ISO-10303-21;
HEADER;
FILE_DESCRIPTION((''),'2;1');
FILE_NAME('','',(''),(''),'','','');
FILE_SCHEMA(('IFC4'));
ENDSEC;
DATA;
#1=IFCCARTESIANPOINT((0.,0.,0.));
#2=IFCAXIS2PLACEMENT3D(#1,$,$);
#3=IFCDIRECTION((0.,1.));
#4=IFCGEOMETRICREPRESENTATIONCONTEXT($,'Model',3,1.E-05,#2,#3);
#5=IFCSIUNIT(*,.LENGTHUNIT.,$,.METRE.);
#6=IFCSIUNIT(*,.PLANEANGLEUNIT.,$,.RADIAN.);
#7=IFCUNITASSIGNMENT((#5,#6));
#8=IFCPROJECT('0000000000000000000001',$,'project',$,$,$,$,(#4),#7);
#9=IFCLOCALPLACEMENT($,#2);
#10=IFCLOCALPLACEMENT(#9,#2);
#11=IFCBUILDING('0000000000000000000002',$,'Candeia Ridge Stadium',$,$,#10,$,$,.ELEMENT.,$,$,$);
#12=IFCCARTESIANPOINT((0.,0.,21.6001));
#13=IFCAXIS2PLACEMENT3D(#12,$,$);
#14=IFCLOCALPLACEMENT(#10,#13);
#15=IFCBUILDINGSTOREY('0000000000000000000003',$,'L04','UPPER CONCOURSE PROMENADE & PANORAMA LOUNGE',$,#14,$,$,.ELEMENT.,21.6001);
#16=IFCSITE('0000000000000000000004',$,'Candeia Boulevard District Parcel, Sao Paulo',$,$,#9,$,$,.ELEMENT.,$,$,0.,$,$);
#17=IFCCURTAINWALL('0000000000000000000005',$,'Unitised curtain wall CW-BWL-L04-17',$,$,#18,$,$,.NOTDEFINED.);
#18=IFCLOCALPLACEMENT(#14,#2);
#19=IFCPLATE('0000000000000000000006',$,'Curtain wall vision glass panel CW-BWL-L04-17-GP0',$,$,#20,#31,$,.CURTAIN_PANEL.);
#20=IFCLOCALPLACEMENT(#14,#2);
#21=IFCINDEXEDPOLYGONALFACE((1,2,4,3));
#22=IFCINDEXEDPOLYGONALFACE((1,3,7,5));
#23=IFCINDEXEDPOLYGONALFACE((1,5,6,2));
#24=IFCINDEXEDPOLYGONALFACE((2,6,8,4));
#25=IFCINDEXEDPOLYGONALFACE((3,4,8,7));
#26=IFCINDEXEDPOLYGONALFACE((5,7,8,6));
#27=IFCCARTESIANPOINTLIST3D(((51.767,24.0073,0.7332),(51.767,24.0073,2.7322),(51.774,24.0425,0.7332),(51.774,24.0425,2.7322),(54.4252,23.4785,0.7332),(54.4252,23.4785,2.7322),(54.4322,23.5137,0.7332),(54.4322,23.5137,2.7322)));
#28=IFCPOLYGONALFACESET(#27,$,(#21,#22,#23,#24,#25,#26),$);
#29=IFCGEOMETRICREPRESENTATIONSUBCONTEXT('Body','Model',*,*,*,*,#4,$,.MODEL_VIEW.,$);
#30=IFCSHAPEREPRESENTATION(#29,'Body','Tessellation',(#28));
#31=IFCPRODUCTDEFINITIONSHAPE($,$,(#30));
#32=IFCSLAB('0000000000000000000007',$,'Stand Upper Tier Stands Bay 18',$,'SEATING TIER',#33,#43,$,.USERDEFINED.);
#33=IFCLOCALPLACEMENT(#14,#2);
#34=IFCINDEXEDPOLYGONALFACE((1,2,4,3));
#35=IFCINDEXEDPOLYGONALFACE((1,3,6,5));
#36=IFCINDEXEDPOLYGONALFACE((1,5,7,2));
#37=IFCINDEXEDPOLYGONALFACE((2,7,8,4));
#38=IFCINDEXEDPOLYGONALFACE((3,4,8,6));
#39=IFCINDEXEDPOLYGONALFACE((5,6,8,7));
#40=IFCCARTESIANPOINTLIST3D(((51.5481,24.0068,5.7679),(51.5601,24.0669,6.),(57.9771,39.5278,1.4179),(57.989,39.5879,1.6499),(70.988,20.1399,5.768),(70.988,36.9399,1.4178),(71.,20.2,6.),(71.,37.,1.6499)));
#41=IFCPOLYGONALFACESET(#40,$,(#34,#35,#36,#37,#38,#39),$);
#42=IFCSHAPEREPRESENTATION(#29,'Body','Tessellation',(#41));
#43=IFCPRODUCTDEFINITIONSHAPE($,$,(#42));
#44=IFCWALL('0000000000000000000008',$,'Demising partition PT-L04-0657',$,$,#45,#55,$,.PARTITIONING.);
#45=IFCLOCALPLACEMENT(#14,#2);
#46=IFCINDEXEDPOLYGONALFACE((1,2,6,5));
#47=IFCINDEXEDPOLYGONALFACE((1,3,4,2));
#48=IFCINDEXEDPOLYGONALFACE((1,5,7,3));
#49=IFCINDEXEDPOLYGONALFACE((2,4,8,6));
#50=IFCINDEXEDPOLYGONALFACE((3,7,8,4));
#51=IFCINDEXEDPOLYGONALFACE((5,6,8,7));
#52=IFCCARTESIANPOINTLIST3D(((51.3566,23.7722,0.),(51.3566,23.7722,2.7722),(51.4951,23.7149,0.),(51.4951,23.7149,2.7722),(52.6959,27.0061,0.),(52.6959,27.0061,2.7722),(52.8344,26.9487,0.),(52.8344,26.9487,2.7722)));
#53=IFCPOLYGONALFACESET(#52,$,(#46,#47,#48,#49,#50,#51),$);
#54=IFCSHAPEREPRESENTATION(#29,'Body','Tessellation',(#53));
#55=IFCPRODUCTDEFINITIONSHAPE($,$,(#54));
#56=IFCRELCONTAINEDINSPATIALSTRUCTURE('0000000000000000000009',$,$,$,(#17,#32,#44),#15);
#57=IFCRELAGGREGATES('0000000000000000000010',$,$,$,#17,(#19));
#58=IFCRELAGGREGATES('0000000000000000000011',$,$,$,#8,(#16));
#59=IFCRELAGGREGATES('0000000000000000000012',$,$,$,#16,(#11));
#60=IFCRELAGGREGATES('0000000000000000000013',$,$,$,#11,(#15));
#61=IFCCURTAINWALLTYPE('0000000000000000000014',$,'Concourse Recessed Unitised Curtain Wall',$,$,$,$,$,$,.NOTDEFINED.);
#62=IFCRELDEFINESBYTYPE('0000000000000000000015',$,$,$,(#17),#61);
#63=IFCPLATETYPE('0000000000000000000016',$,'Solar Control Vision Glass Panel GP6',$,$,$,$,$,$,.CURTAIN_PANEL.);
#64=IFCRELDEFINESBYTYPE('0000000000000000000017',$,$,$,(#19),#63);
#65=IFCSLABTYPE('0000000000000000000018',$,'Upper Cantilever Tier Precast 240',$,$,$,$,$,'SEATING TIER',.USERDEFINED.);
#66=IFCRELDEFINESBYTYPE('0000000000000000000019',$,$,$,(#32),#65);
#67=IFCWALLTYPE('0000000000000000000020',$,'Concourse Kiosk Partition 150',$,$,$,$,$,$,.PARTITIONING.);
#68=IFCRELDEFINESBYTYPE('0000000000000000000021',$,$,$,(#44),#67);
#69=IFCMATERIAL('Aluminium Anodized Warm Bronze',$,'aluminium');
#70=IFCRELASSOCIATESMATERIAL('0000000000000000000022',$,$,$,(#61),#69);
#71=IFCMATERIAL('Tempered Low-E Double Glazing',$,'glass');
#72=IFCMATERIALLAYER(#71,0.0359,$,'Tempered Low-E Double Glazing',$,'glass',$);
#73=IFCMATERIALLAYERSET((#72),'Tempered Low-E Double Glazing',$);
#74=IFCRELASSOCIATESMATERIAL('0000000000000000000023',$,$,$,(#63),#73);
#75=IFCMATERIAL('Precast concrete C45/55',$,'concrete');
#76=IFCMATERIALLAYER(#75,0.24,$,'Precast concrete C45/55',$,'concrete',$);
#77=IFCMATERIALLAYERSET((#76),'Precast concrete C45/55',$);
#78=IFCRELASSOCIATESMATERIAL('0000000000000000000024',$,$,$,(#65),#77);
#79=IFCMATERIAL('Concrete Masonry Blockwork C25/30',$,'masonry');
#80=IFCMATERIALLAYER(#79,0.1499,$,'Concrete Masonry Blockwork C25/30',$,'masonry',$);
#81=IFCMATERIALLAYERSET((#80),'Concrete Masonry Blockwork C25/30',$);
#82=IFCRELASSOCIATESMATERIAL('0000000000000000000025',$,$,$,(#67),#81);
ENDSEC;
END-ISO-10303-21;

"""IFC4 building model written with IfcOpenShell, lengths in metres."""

from ifc_helpers import new_model, si_unit, direction, frame, frame_2d, origin, origin_2d, place, context, subcontext, project, spatial, polyline, rectangle, outline, extrude, material, layer, layer_set, type_object, element, aggregate, save


model = new_model("IFC4")

# Units and contexts
model_context = context("Model", 3, precision=1e-05, world=origin(), true_north=direction((0.0, 1.0)))
body_context = subcontext(model_context, "Body", "Model", "MODEL_VIEW")
ifc_project = project(units=[si_unit("LENGTHUNIT", "METRE"), si_unit("PLANEANGLEUNIT", "RADIAN")], contexts=[model_context])

# Site, building, storey
site_placement = place(None, origin())
site = spatial("IfcSite", under=ifc_project, at=site_placement, Name="Candeia Boulevard District Parcel, Sao Paulo", CompositionType="ELEMENT", RefElevation=0.0)
building_placement = place(site_placement, origin())
building = spatial("IfcBuilding", under=site, at=building_placement, Name="Candeia Ridge Stadium", CompositionType="ELEMENT")
storey_placement = place(building_placement, frame((0.0, 0.0, 21.6001)))
storey = spatial("IfcBuildingStorey", under=building, at=storey_placement, Name="L04", Description="UPPER CONCOURSE PROMENADE & PANORAMA LOUNGE", CompositionType="ELEMENT", Elevation=21.6001)

# Curtain wall
ifc_material_1 = material(Name="Aluminium Anodized Warm Bronze", Category="aluminium")
curtain_wall_type = type_object("IfcCurtainWallType", Name="Concourse Recessed Unitised Curtain Wall", PredefinedType="NOTDEFINED", material=ifc_material_1)
curtain_wall_1_placement = place(storey_placement, origin())
curtain_wall_1 = element("IfcCurtainWall", 1, at=curtain_wall_1_placement, inside=storey, type_object=curtain_wall_type, Name="Unitised curtain wall CW-BWL-L04-17", PredefinedType="NOTDEFINED")

# Plate
ifc_material_2 = material(Name="Tempered Low-E Double Glazing", Category="glass")
ifc_layer_1 = layer(ifc_material_2, 0.0359, Name="Tempered Low-E Double Glazing", Category="glass")
ifc_layer_set_1 = layer_set([ifc_layer_1], Name="Tempered Low-E Double Glazing")
plate_type_1 = type_object("IfcPlateType", Name="Solar Control Vision Glass Panel GP6", PredefinedType="CURTAIN_PANEL", material=ifc_layer_set_1)
plate_1_placement = place(storey_placement, frame((53.0996, 23.7605, 0.7332), z_axis=(0.0, 0.0, 1.0), x_axis=(0.980785, -0.19509, 0.0)))
plate_1 = element("IfcPlate", 2, at=plate_1_placement, type_object=plate_type_1, Name="Curtain wall vision glass panel CW-BWL-L04-17-GP0", PredefinedType="CURTAIN_PANEL", context=body_context, shape_type="SweptSolid", body=[
    extrude(rectangle(XDim=2.7102, YDim=0.0359, at=origin_2d()), origin(), (0.0, 0.0, 1.0), 1.999),
])
aggregate(curtain_wall_1, [plate_1])

# Slab
ifc_material_3 = material(Name="Precast concrete C45/55", Category="concrete")
ifc_layer_2 = layer(ifc_material_3, 0.24, Name="Precast concrete C45/55", Category="concrete")
ifc_layer_set_2 = layer_set([ifc_layer_2], Name="Precast concrete C45/55")
slab_type = type_object("IfcSlabType", Name="Upper Cantilever Tier Precast 240", ElementType="SEATING TIER", PredefinedType="USERDEFINED", material=ifc_layer_set_2)
slab_placement = place(storey_placement, frame((57.989, 39.5879, 1.6499), z_axis=(0.049799, 0.250358, 0.966872), x_axis=(0.980787, -0.19508, -0.000002)))
element("IfcSlab", 3, at=slab_placement, inside=storey, type_object=slab_type, Name="Stand Upper Tier Stands Bay 18", ObjectType="SEATING TIER", PredefinedType="USERDEFINED", context=body_context, shape_type="SweptSolid", body=[
    extrude(outline(polyline([(0.0, 0.0), (13.2659, 0.0), (16.5432, -17.0418), (-3.2776, -17.0415), (0.0, 0.0)])), origin(), (0.0, 0.0, -1.0), 0.24),
])

# Wall
ifc_material_4 = material(Name="Concrete Masonry Blockwork C25/30", Category="masonry")
ifc_layer_3 = layer(ifc_material_4, 0.1499, Name="Concrete Masonry Blockwork C25/30", Category="masonry")
ifc_layer_set_3 = layer_set([ifc_layer_3], Name="Concrete Masonry Blockwork C25/30")
wall_type = type_object("IfcWallType", Name="Concourse Kiosk Partition 150", PredefinedType="PARTITIONING", material=ifc_layer_set_3)
wall_placement = place(storey_placement, frame((52.7651, 26.9773, 0.0), z_axis=(0.0, 0.0, 1.0), x_axis=(-0.382643, -0.923896, 0.0)))
element("IfcWall", 4, at=wall_placement, inside=storey, type_object=wall_type, Name="Demising partition PT-L04-0657", PredefinedType="PARTITIONING", context=body_context, shape_type="SweptSolid", body=[
    extrude(rectangle(XDim=3.5002, YDim=0.1499, at=frame_2d((1.75, 0.0))), origin(), (0.0, 0.0, 1.0), 2.7722),
])

save(model, "model.ifc")
